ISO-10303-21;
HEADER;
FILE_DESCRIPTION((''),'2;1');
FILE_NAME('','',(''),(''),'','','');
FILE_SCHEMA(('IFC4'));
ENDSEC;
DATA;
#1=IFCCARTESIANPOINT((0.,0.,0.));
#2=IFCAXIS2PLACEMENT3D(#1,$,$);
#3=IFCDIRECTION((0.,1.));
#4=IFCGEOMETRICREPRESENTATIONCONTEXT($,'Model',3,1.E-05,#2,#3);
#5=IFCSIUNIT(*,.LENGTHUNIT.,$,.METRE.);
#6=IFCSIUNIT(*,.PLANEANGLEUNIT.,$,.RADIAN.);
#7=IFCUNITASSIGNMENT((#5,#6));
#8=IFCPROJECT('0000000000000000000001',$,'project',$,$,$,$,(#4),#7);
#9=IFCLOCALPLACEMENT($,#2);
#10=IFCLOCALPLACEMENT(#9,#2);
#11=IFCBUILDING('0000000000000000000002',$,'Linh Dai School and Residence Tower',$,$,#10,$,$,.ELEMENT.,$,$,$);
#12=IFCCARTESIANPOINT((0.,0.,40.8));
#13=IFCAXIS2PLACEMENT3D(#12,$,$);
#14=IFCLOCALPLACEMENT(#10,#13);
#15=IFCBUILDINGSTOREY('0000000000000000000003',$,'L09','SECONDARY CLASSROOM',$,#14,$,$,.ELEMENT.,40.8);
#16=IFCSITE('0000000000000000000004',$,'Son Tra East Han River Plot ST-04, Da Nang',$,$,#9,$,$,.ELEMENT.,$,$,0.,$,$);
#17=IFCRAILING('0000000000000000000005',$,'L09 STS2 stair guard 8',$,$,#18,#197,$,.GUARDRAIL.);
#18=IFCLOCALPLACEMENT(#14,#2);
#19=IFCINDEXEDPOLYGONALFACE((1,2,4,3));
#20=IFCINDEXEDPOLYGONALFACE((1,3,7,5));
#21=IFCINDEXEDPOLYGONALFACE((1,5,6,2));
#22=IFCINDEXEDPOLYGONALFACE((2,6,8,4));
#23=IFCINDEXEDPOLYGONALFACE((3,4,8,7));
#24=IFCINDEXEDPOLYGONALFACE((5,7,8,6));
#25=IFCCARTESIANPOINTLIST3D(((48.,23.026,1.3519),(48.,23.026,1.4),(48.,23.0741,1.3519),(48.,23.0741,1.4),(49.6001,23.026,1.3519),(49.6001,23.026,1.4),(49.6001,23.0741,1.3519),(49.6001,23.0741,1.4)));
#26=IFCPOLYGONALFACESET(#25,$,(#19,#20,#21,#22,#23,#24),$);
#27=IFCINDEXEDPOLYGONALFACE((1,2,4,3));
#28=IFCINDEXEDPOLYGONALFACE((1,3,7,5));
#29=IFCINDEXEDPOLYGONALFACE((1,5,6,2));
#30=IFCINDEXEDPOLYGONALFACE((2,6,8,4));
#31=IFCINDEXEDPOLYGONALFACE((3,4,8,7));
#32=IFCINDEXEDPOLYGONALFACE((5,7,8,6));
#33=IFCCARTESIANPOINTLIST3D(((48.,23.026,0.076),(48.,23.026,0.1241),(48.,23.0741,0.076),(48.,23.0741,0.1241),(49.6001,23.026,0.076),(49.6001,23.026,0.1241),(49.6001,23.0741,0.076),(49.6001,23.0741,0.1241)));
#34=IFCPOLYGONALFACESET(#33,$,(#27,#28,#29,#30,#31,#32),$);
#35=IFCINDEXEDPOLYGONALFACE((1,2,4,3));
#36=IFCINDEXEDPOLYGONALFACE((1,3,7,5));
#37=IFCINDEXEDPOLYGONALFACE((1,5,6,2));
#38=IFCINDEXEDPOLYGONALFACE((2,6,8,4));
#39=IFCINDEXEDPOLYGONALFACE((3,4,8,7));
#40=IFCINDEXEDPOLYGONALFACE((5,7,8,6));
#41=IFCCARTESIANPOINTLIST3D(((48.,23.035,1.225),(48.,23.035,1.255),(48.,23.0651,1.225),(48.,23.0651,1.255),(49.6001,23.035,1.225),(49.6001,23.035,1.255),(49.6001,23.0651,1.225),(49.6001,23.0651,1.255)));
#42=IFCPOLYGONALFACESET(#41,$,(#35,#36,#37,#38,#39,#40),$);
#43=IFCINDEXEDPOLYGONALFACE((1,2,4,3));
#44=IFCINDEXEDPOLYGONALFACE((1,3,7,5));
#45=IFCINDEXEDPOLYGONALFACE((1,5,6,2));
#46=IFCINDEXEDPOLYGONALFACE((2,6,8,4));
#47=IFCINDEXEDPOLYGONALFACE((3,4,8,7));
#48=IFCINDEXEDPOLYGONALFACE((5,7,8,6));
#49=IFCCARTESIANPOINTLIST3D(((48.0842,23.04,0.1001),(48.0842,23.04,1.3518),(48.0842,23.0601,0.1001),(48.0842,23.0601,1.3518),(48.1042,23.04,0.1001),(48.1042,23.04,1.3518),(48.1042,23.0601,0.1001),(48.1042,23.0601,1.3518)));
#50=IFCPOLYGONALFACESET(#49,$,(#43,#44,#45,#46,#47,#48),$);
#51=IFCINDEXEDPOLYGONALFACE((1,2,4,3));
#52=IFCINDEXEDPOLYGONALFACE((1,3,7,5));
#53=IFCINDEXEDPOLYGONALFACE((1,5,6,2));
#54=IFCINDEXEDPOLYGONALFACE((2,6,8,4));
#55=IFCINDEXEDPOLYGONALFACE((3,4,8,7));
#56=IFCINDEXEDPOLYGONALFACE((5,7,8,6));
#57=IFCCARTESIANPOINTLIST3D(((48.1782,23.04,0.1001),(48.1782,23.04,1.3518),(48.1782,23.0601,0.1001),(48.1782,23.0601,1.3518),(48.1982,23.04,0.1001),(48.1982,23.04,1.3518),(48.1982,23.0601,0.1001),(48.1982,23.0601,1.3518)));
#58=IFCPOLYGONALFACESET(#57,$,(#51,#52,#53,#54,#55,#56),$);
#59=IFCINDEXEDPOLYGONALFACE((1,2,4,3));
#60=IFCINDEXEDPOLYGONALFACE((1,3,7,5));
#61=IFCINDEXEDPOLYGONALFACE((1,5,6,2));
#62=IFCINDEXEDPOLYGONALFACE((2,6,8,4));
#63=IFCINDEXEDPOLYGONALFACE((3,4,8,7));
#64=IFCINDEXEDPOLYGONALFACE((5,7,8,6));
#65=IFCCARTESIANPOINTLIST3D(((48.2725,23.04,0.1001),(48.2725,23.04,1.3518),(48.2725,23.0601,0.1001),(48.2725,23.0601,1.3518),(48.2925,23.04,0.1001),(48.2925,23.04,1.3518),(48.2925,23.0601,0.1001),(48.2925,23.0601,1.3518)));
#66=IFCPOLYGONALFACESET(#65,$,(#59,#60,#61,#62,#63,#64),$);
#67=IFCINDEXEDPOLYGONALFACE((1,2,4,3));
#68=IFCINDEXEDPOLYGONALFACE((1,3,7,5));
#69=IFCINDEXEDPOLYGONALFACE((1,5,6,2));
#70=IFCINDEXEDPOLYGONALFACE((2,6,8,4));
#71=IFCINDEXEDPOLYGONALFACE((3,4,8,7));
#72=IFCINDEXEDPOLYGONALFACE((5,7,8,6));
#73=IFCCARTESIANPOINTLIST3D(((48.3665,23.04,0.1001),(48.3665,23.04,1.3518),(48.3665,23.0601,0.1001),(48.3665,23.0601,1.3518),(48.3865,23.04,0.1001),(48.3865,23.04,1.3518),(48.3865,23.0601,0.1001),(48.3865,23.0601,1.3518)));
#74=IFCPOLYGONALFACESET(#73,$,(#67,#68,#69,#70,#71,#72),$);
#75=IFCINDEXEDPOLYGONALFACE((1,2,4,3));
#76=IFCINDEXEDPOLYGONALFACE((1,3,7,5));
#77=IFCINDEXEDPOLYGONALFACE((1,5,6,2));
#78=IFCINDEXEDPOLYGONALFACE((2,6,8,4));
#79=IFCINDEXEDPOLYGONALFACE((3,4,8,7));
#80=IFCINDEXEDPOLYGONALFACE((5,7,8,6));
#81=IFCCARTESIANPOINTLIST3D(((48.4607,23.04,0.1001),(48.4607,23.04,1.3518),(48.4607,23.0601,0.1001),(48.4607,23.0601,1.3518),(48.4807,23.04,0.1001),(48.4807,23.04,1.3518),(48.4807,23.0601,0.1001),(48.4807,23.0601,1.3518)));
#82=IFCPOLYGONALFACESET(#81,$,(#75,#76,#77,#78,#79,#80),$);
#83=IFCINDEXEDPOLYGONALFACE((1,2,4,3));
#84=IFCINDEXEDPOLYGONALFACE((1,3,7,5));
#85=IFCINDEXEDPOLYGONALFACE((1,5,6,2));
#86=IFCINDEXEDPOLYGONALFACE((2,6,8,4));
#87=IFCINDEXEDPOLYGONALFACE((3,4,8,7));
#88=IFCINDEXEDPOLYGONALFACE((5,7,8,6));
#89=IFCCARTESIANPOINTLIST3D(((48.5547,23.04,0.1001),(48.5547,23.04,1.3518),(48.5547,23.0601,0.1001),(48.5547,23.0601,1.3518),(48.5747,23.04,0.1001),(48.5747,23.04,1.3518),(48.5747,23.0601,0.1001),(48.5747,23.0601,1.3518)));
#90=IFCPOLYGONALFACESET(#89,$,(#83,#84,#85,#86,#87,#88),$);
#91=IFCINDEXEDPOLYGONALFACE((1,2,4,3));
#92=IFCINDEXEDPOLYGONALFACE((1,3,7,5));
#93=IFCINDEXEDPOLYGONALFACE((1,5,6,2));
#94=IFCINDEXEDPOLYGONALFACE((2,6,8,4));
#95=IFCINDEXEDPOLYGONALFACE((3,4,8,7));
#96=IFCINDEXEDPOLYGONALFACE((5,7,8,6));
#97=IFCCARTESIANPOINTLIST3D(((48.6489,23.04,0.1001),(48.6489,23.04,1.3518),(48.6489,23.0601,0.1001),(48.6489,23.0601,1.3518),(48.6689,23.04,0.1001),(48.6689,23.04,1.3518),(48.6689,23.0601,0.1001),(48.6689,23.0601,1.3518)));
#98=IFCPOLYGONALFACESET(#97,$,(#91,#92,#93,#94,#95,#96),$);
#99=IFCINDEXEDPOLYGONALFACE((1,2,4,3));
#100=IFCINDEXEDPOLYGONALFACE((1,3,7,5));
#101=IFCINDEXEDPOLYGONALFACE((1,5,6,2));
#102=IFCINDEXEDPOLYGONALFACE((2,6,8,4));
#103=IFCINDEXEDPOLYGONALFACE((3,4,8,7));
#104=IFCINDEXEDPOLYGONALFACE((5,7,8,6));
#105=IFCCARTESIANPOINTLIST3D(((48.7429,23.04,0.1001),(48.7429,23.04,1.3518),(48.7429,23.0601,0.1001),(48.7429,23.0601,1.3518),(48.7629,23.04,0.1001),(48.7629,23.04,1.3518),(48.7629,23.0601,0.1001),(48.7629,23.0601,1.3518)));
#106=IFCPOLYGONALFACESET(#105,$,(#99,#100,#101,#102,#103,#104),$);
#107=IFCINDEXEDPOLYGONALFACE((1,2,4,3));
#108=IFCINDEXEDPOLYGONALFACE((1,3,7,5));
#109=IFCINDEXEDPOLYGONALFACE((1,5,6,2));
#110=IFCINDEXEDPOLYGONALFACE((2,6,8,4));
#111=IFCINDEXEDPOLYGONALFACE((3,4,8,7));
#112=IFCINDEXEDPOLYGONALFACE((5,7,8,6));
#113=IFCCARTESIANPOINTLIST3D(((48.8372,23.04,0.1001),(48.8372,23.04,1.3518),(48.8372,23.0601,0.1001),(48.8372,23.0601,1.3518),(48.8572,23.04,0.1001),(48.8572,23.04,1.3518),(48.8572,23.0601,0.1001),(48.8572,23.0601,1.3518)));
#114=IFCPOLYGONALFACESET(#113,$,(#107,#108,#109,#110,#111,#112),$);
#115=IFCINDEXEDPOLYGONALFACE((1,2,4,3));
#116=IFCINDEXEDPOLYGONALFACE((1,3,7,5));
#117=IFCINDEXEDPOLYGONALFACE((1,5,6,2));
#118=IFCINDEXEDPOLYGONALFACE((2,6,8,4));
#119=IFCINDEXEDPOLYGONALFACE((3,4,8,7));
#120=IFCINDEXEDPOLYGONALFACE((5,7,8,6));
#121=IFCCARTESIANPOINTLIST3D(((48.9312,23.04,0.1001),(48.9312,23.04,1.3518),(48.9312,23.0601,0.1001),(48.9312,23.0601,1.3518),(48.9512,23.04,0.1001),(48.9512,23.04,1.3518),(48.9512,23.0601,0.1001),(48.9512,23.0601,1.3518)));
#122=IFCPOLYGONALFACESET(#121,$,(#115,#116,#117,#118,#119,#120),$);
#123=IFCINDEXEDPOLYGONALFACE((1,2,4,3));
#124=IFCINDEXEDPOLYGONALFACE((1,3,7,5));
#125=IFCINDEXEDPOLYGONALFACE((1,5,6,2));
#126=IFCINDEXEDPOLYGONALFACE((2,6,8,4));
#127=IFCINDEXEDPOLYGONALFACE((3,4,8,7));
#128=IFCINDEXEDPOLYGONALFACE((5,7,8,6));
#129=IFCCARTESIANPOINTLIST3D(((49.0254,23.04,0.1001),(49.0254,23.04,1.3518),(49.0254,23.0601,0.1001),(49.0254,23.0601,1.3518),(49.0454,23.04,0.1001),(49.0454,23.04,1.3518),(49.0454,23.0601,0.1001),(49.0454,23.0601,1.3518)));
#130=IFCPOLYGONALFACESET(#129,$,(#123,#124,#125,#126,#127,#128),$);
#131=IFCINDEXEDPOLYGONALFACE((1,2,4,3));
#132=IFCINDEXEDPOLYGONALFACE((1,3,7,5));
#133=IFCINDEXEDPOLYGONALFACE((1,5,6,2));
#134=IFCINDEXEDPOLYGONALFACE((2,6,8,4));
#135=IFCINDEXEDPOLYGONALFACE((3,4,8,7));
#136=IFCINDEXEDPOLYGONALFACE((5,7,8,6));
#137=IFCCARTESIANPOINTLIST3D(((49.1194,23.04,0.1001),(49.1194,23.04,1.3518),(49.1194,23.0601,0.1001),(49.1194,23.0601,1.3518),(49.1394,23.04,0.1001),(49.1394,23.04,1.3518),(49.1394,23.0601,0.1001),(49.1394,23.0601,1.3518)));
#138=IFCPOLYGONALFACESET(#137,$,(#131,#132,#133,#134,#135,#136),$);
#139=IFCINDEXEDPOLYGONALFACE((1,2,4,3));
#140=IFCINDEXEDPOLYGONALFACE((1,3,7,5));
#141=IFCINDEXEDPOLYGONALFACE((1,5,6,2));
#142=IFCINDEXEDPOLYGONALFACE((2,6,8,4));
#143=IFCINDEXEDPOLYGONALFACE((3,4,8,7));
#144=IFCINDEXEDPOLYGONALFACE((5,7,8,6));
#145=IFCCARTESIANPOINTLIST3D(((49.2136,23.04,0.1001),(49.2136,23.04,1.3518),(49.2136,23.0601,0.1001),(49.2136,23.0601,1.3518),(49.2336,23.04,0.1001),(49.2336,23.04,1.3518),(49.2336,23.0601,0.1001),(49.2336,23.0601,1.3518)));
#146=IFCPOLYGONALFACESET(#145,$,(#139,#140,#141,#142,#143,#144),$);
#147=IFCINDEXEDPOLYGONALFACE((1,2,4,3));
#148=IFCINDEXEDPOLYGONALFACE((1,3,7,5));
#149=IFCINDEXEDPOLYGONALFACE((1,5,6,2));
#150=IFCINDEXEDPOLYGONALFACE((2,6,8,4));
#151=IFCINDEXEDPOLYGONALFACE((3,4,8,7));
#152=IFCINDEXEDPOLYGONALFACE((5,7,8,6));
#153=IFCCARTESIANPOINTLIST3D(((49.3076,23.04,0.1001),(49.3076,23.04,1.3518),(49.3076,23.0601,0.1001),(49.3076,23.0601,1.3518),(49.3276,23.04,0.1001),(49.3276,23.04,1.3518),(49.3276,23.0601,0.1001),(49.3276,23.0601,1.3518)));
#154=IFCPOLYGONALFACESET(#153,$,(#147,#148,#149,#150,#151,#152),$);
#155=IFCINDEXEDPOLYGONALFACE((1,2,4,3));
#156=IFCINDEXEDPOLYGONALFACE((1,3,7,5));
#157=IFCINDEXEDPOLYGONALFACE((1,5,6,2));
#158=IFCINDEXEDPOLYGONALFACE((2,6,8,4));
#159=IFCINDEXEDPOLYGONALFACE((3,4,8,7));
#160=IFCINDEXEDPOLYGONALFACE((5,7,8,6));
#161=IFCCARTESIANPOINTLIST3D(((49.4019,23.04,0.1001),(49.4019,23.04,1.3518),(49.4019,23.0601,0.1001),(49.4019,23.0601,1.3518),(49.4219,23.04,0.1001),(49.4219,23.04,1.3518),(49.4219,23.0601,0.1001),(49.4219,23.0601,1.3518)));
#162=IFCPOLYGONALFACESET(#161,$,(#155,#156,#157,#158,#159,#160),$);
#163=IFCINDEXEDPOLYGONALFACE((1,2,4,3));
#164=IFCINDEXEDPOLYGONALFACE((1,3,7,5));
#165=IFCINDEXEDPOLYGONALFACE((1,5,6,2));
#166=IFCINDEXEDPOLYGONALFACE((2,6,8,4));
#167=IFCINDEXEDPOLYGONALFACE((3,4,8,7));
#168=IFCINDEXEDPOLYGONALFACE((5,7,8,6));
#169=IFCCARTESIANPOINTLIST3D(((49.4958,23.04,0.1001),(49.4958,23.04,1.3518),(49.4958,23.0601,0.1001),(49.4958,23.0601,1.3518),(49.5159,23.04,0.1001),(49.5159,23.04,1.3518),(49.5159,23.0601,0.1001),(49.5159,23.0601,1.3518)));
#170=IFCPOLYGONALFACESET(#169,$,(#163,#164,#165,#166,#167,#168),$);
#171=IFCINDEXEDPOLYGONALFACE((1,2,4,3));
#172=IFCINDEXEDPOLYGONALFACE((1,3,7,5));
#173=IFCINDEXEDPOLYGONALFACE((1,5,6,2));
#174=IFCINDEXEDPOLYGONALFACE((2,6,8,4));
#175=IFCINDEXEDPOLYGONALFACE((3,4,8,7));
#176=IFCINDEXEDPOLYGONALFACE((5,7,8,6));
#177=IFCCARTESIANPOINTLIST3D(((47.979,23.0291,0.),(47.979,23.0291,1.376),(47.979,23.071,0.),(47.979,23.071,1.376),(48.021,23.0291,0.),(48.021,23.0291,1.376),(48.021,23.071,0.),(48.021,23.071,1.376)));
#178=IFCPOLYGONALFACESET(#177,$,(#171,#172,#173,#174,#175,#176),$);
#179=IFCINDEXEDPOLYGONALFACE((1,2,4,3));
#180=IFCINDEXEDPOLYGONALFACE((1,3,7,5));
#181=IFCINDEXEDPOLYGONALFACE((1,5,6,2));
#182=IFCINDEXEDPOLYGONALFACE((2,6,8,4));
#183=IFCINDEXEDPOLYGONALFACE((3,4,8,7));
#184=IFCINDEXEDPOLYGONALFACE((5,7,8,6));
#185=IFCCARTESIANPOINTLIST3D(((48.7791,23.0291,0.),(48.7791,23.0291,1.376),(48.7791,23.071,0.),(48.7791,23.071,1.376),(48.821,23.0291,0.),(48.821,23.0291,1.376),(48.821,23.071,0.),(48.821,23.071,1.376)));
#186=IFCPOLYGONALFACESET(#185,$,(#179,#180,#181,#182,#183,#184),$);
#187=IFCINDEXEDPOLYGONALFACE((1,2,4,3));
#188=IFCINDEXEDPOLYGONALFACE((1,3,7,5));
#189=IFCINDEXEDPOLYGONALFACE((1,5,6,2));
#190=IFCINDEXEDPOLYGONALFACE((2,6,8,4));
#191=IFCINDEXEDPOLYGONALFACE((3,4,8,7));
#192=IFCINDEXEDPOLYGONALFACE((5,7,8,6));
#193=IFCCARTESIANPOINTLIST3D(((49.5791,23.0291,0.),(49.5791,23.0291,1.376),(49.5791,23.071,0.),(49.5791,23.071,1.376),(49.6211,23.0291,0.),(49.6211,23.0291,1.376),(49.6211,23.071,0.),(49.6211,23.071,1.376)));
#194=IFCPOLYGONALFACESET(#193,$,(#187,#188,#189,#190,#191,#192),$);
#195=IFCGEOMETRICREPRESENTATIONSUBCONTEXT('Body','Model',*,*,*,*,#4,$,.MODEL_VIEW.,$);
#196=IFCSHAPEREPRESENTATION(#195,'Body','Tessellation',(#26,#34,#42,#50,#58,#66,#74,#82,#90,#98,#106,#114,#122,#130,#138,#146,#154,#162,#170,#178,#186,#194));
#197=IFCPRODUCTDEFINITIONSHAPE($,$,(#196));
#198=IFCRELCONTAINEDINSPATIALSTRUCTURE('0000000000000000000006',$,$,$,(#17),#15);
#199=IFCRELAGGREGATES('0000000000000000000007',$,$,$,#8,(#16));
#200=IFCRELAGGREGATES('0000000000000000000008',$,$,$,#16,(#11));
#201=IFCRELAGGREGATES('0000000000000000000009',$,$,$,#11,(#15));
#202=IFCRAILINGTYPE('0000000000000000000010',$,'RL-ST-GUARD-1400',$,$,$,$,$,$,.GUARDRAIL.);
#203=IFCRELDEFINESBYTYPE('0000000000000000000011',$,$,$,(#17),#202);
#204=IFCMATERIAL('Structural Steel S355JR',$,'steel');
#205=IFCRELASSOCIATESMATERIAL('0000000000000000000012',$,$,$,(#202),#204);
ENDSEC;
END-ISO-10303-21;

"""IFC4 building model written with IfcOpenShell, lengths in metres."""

from ifc_helpers import new_model, si_unit, direction, frame, origin, origin_2d, place, context, subcontext, project, spatial, rectangle, extrude, source, transform, mapped, material, type_object, element, save


model = new_model("IFC4")

# Units and contexts
model_context = context("Model", 3, precision=1e-05, world=origin(), true_north=direction((0.0, 1.0)))
body_context = subcontext(model_context, "Body", "Model", "MODEL_VIEW")
ifc_project = project(units=[si_unit("LENGTHUNIT", "METRE"), si_unit("PLANEANGLEUNIT", "RADIAN")], contexts=[model_context])

# Site, building, storey
site_placement = place(None, origin())
site = spatial("IfcSite", under=ifc_project, at=site_placement, Name="Son Tra East Han River Plot ST-04, Da Nang", CompositionType="ELEMENT", RefElevation=0.0)
building_placement = place(site_placement, origin())
building = spatial("IfcBuilding", under=site, at=building_placement, Name="Linh Dai School and Residence Tower", CompositionType="ELEMENT")
storey_placement = place(building_placement, frame((0.0, 0.0, 40.8)))
storey = spatial("IfcBuildingStorey", under=building, at=storey_placement, Name="L09", Description="SECONDARY CLASSROOM", CompositionType="ELEMENT", Elevation=40.8)

# Shared definitions
ifc_material_1 = material(Name="Structural Steel S355JR", Category="steel")

# Railing
railing_type_1 = type_object("IfcRailingType", Name="RL-ST-GUARD-1400", PredefinedType="GUARDRAIL", material=ifc_material_1)
shared_shape_1 = source(origin(), body_context, "Body", "SweptSolid", [
    extrude(rectangle(XDim=0.0481, YDim=0.0481, at=origin_2d()), frame((0.0, 0.0, 1.376), z_axis=(1.0, 0.0, 0.0), x_axis=(0.0, 1.0, 0.0)), (0.0, 0.0, 1.0), 1.6001),
    extrude(rectangle(XDim=0.0481, YDim=0.0481, at=origin_2d()), frame((0.0, 0.0, 0.1001), z_axis=(1.0, 0.0, 0.0), x_axis=(0.0, 1.0, 0.0)), (0.0, 0.0, 1.0), 1.6001),
    extrude(rectangle(XDim=0.03, YDim=0.03, at=origin_2d()), frame((0.0, 0.0, 1.24), z_axis=(1.0, 0.0, 0.0), x_axis=(0.0, 1.0, 0.0)), (0.0, 0.0, 1.0), 1.6001),
    extrude(rectangle(XDim=0.02, YDim=0.02, at=origin_2d()), frame((0.0942, 0.0, 0.1001)), (0.0, 0.0, 1.0), 1.2517),
    extrude(rectangle(XDim=0.02, YDim=0.02, at=origin_2d()), frame((0.1882, 0.0, 0.1001)), (0.0, 0.0, 1.0), 1.2517),
    extrude(rectangle(XDim=0.02, YDim=0.02, at=origin_2d()), frame((0.2825, 0.0, 0.1001)), (0.0, 0.0, 1.0), 1.2517),
    extrude(rectangle(XDim=0.02, YDim=0.02, at=origin_2d()), frame((0.3765, 0.0, 0.1001)), (0.0, 0.0, 1.0), 1.2517),
    extrude(rectangle(XDim=0.02, YDim=0.02, at=origin_2d()), frame((0.4707, 0.0, 0.1001)), (0.0, 0.0, 1.0), 1.2517),
    extrude(rectangle(XDim=0.02, YDim=0.02, at=origin_2d()), frame((0.5647, 0.0, 0.1001)), (0.0, 0.0, 1.0), 1.2517),
    extrude(rectangle(XDim=0.02, YDim=0.02, at=origin_2d()), frame((0.6589, 0.0, 0.1001)), (0.0, 0.0, 1.0), 1.2517),
    extrude(rectangle(XDim=0.02, YDim=0.02, at=origin_2d()), frame((0.7529, 0.0, 0.1001)), (0.0, 0.0, 1.0), 1.2517),
    extrude(rectangle(XDim=0.02, YDim=0.02, at=origin_2d()), frame((0.8472, 0.0, 0.1001)), (0.0, 0.0, 1.0), 1.2517),
    extrude(rectangle(XDim=0.02, YDim=0.02, at=origin_2d()), frame((0.9412, 0.0, 0.1001)), (0.0, 0.0, 1.0), 1.2517),
    extrude(rectangle(XDim=0.02, YDim=0.02, at=origin_2d()), frame((1.0354, 0.0, 0.1001)), (0.0, 0.0, 1.0), 1.2517),
    extrude(rectangle(XDim=0.02, YDim=0.02, at=origin_2d()), frame((1.1294, 0.0, 0.1001)), (0.0, 0.0, 1.0), 1.2517),
    extrude(rectangle(XDim=0.02, YDim=0.02, at=origin_2d()), frame((1.2236, 0.0, 0.1001)), (0.0, 0.0, 1.0), 1.2517),
    extrude(rectangle(XDim=0.02, YDim=0.02, at=origin_2d()), frame((1.3176, 0.0, 0.1001)), (0.0, 0.0, 1.0), 1.2517),
    extrude(rectangle(XDim=0.02, YDim=0.02, at=origin_2d()), frame((1.4119, 0.0, 0.1001)), (0.0, 0.0, 1.0), 1.2517),
    extrude(rectangle(XDim=0.02, YDim=0.02, at=origin_2d()), frame((1.5059, 0.0, 0.1001)), (0.0, 0.0, 1.0), 1.2517),
    extrude(rectangle(XDim=0.042, YDim=0.042, at=origin_2d()), origin(), (0.0, 0.0, 1.0), 1.376),
    extrude(rectangle(XDim=0.042, YDim=0.042, at=origin_2d()), frame((0.8, 0.0, 0.0)), (0.0, 0.0, 1.0), 1.376),
    extrude(rectangle(XDim=0.042, YDim=0.042, at=origin_2d()), frame((1.6001, 0.0, 0.0)), (0.0, 0.0, 1.0), 1.376),
])
railing_1_placement = place(storey_placement, frame((48.0, 23.05, 0.0)))
element("IfcRailing", 1, at=railing_1_placement, inside=storey, type_object=railing_type_1, Name="L09 STS2 stair guard 8", PredefinedType="GUARDRAIL", context=body_context, shape_type="MappedRepresentation", body=[
    mapped(shared_shape_1, transform((0.0, 0.0, 0.0), x_axis=(1.0, 0.0, 0.0), y_axis=(0.0, 1.0, 0.0), z_axis=(0.0, 0.0, 1.0), scale=1.0)),
])

save(model, "model.ifc")
